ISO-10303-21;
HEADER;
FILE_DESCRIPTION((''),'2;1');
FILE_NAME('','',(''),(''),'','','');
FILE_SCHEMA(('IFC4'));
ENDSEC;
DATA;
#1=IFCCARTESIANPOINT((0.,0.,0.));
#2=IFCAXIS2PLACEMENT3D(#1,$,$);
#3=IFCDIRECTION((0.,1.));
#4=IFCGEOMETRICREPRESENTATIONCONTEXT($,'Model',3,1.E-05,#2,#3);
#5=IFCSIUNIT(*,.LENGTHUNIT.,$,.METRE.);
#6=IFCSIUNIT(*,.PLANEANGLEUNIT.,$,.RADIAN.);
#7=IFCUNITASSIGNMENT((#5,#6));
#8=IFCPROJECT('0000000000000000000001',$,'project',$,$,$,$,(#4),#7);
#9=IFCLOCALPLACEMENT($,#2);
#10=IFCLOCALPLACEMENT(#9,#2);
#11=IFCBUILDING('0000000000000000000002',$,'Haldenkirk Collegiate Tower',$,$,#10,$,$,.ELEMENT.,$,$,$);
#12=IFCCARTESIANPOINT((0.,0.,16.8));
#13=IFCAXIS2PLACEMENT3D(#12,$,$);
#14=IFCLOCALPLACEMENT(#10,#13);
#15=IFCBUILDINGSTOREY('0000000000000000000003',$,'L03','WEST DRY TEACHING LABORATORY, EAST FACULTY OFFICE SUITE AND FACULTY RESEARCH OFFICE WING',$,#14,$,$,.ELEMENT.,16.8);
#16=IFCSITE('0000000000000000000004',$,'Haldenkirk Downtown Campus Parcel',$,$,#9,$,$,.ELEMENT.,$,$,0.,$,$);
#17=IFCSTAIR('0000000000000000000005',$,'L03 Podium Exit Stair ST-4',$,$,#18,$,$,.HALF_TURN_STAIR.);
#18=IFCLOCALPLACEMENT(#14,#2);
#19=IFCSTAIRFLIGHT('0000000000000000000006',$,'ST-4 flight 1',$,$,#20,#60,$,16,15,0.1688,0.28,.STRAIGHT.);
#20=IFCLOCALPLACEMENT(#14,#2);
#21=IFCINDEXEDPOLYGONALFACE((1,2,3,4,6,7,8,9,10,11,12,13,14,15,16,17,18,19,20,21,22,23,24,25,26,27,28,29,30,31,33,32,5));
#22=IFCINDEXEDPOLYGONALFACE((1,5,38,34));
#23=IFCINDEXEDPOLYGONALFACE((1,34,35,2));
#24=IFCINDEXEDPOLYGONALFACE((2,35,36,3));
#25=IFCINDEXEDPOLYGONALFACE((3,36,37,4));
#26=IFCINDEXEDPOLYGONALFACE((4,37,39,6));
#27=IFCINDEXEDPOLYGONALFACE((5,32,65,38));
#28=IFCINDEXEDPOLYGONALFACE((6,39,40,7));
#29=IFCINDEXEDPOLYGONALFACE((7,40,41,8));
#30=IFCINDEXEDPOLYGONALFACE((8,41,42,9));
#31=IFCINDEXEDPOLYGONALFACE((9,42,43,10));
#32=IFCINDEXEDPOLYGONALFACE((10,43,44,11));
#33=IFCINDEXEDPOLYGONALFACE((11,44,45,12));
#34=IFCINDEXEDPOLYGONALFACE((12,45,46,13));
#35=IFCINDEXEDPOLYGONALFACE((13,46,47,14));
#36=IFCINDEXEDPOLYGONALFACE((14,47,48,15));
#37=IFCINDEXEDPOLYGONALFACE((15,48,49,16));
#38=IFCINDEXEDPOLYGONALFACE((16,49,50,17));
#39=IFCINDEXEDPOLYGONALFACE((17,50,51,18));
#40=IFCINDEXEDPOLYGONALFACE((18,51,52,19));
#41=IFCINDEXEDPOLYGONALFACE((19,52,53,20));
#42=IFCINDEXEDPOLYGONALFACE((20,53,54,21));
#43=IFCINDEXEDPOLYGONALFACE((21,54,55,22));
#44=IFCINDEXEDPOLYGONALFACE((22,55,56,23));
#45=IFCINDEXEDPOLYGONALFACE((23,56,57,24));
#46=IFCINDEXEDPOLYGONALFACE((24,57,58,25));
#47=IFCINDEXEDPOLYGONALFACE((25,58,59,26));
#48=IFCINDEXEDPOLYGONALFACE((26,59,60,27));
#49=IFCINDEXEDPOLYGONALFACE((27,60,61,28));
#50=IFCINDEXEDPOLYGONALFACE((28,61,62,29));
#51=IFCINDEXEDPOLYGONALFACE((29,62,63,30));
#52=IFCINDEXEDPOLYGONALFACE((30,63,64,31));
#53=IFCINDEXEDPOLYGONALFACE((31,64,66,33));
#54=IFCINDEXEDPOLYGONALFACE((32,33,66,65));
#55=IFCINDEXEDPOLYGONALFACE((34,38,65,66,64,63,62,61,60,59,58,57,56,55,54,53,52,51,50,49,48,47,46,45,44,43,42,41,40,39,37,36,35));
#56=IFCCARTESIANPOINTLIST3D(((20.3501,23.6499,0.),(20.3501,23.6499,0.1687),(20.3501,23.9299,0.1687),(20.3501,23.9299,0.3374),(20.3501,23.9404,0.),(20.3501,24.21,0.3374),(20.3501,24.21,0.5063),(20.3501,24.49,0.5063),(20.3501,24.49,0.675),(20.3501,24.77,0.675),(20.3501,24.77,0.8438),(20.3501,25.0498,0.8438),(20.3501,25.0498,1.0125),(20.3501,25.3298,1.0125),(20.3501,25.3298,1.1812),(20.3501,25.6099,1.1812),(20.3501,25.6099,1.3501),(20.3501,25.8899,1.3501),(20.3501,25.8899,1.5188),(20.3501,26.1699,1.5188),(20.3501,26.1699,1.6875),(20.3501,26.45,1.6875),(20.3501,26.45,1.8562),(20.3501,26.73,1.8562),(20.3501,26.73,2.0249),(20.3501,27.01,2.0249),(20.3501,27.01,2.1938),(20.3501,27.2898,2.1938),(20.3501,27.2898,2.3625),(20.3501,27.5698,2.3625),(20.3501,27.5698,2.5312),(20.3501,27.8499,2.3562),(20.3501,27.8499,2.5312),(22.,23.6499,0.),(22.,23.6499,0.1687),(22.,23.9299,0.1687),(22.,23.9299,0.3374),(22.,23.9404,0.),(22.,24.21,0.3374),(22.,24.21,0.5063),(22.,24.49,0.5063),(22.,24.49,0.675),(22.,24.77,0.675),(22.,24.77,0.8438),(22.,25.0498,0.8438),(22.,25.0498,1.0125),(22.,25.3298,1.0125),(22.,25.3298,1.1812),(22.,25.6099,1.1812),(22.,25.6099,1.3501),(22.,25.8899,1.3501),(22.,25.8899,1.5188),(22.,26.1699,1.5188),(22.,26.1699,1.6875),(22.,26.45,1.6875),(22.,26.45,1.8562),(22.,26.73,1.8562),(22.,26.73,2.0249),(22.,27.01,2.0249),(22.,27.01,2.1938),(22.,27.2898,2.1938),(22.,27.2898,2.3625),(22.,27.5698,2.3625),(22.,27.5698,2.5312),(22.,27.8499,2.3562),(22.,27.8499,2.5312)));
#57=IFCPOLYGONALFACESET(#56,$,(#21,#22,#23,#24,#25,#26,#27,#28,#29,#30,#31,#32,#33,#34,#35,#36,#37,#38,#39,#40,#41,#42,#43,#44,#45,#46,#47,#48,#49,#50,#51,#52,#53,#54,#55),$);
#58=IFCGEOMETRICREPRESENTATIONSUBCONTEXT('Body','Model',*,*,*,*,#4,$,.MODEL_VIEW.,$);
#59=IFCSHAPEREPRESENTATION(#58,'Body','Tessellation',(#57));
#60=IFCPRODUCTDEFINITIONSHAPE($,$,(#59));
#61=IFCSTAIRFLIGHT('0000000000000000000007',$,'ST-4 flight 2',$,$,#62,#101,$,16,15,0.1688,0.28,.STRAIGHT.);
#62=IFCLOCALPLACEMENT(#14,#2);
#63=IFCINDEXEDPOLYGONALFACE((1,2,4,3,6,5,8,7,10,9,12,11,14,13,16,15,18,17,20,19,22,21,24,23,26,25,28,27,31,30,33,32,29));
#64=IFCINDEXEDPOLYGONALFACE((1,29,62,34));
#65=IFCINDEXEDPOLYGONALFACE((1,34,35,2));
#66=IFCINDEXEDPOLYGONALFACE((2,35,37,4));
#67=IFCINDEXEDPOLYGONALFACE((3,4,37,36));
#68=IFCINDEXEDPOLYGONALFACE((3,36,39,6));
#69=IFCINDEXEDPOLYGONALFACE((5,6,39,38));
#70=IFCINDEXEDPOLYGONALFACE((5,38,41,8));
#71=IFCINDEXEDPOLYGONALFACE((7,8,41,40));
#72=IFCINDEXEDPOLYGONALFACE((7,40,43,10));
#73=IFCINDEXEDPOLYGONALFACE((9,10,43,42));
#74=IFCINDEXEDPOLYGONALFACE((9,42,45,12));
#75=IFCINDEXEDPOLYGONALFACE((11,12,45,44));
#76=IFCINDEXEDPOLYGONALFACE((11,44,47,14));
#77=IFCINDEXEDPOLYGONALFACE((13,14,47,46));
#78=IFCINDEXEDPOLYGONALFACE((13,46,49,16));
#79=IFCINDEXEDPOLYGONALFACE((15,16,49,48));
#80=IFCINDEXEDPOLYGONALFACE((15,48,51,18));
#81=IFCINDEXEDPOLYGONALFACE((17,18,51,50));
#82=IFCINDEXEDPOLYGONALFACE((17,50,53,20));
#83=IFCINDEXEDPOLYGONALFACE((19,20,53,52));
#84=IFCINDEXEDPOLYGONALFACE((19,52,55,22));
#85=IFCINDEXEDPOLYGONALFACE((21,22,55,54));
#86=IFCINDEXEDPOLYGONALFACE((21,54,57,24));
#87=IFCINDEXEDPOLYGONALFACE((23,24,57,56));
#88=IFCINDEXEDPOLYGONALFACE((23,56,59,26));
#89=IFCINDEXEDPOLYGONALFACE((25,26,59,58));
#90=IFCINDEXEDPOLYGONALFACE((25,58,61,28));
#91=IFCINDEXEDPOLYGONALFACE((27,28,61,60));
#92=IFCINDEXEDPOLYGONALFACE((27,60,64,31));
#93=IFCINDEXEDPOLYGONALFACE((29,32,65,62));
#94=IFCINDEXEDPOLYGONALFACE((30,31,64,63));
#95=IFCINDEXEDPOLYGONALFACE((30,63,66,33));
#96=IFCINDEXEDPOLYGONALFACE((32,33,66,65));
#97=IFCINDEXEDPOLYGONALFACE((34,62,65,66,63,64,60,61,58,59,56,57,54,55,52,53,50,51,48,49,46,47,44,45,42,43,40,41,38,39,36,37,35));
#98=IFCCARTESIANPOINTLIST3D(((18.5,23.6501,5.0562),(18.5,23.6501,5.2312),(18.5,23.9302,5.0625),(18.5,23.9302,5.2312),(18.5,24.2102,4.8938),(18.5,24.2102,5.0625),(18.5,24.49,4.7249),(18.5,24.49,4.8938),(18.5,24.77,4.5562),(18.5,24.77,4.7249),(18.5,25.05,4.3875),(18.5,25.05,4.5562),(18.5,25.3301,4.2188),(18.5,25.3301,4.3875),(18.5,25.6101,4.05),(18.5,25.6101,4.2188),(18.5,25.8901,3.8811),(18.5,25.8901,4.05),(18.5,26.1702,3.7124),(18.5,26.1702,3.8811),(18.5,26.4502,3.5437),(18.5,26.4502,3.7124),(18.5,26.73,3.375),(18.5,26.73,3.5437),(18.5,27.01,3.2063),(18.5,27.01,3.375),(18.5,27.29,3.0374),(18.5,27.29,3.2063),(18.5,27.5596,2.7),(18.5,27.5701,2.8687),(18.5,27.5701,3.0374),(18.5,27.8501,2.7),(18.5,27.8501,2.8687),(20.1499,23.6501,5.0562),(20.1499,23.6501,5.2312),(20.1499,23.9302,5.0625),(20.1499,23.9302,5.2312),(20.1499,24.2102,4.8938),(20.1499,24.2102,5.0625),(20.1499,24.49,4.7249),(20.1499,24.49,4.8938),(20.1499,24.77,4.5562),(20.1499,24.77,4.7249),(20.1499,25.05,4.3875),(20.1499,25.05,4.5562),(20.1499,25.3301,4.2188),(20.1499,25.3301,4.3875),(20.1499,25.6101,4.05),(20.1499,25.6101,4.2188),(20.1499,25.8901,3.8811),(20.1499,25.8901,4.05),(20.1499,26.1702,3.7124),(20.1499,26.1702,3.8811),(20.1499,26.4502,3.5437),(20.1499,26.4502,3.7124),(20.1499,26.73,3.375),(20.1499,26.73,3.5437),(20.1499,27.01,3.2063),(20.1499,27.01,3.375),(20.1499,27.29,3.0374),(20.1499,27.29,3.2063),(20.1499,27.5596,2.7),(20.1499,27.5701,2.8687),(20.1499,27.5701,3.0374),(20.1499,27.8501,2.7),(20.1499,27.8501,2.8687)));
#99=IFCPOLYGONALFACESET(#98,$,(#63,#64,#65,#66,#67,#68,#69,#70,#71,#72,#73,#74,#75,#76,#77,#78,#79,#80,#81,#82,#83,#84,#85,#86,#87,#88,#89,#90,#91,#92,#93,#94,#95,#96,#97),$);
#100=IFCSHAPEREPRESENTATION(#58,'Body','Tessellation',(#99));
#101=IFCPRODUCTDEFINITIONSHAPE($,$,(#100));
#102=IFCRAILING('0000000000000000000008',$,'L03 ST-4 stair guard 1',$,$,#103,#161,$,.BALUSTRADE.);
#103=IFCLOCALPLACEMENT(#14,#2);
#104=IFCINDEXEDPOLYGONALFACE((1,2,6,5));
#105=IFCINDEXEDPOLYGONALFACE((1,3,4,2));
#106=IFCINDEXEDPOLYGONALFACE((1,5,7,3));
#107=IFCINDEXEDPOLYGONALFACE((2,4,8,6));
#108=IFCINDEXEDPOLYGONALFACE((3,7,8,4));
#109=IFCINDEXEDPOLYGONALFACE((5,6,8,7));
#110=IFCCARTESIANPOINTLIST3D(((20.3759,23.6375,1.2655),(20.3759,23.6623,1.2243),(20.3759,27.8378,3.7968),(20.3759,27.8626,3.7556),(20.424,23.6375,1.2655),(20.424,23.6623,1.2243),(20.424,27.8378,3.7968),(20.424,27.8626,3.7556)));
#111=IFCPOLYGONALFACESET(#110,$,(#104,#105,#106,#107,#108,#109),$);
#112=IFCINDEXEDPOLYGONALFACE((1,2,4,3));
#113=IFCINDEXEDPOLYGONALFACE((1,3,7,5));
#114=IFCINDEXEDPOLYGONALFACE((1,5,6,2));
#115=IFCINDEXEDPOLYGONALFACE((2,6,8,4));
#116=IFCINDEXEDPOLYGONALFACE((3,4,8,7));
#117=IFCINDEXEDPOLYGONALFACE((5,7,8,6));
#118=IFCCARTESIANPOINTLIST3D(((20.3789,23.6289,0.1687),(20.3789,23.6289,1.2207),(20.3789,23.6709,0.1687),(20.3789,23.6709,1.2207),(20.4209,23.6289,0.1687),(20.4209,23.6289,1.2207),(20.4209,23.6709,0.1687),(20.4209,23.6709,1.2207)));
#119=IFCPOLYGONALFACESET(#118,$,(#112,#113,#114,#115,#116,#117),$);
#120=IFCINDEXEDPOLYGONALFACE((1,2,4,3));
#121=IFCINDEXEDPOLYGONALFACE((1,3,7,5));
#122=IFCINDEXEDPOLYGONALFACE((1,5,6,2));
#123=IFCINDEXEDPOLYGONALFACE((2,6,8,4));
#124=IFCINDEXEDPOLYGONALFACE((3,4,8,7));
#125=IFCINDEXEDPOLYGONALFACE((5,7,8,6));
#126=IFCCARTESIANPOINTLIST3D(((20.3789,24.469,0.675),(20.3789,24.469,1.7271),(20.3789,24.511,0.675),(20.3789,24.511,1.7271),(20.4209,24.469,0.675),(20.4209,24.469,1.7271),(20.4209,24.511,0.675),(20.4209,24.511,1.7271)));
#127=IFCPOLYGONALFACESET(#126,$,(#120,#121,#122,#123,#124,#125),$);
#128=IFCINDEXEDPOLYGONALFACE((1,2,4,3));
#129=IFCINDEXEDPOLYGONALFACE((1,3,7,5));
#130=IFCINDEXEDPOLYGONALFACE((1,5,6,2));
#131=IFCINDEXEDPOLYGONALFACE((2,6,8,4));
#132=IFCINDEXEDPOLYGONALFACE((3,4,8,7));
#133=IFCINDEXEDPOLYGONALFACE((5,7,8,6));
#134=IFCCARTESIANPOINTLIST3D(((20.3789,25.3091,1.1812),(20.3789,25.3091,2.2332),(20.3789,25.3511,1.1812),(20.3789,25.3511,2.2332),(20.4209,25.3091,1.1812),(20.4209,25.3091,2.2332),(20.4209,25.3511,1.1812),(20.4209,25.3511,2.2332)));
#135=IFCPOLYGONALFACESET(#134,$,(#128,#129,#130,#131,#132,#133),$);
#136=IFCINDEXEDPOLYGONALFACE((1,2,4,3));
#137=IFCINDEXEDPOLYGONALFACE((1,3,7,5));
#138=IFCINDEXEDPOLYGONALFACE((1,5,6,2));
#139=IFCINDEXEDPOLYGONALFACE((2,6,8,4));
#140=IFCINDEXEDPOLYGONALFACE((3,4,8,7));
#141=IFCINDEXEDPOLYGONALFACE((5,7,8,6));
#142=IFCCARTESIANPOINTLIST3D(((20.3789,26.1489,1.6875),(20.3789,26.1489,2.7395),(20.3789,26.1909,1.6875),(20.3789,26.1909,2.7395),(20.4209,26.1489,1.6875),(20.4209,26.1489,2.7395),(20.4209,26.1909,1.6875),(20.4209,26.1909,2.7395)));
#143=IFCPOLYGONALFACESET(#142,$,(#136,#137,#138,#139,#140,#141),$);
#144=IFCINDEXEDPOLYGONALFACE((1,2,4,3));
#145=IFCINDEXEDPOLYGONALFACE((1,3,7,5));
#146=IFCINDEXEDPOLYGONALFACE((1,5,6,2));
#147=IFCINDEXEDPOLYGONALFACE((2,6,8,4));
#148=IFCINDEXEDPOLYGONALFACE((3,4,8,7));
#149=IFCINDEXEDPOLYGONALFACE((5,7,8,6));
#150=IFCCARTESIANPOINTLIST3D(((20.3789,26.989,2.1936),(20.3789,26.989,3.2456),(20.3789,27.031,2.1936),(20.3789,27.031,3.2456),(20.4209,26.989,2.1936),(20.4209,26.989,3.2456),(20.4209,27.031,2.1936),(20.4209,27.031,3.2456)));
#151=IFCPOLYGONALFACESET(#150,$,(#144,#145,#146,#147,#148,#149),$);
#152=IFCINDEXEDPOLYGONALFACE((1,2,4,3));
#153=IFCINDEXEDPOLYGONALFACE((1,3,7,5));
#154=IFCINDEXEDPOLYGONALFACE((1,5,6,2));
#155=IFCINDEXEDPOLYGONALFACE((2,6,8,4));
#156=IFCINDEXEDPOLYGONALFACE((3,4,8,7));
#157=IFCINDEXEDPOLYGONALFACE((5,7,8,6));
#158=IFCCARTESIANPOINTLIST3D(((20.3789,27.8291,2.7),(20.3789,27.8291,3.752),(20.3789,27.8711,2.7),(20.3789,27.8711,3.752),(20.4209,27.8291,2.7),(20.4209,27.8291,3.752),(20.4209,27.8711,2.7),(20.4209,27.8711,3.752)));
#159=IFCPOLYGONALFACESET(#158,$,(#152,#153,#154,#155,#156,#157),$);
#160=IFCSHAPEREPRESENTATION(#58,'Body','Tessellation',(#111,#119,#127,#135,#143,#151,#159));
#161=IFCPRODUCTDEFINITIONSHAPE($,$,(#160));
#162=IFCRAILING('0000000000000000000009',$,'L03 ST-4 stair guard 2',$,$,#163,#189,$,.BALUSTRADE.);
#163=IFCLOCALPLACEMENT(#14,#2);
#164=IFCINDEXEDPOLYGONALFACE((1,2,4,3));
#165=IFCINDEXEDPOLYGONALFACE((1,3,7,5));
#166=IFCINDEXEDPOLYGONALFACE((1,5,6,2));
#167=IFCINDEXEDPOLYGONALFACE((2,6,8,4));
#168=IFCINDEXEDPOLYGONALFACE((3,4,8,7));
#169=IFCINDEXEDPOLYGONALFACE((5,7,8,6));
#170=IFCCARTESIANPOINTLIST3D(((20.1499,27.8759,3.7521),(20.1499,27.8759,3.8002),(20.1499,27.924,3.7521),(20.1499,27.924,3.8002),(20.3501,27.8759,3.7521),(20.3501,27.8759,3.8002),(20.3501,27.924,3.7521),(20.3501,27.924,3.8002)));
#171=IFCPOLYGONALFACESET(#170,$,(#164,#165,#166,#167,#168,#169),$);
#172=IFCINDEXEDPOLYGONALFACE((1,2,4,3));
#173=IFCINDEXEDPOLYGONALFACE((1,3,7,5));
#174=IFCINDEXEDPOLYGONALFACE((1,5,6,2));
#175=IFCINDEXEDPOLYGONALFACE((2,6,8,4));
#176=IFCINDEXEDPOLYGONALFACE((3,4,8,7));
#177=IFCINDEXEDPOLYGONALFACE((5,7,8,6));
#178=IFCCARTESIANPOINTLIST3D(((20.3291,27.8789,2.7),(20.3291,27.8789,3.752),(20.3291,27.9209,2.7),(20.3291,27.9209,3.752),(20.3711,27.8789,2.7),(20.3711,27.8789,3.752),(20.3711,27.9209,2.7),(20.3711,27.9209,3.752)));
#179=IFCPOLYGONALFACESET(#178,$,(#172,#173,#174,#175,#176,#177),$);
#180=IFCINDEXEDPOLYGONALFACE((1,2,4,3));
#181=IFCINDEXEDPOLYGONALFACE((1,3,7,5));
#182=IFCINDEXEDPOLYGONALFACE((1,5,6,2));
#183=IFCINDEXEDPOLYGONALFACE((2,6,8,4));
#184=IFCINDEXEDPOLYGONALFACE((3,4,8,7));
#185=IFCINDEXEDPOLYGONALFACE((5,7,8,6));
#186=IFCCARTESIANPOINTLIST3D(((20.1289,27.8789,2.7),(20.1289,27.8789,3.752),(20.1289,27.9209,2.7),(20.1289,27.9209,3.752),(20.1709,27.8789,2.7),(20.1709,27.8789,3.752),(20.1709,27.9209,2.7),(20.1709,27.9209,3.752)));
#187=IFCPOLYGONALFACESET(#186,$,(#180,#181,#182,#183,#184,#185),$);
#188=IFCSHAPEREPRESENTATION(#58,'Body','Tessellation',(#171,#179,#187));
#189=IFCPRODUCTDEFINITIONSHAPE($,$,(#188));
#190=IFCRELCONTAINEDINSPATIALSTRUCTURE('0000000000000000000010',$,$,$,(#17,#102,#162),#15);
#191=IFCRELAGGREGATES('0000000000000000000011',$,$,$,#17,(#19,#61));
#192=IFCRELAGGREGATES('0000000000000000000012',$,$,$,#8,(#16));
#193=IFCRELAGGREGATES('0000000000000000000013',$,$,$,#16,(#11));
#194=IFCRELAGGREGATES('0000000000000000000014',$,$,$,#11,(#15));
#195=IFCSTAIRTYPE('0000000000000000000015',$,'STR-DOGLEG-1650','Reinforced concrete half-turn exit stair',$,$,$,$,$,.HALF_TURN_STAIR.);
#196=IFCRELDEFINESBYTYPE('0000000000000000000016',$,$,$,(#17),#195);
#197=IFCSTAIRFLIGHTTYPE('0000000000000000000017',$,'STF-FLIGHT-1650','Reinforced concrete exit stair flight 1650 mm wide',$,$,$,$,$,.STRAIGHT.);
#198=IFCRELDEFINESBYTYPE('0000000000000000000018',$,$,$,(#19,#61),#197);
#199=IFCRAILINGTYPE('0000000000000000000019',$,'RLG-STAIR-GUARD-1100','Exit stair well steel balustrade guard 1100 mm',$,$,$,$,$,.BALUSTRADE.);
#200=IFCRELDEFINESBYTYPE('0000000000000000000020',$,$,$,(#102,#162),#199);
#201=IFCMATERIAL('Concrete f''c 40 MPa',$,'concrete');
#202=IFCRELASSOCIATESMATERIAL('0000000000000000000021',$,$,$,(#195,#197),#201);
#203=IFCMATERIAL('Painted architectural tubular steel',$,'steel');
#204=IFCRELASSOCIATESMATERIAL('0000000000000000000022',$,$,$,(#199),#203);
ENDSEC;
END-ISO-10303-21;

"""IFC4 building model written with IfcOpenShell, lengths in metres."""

from ifc_helpers import new_model, si_unit, direction, frame, origin, origin_2d, place, context, subcontext, project, spatial, polyline, rectangle, outline, extrude, material, type_object, element, aggregate, save


model = new_model("IFC4")

# Units and contexts
model_context = context("Model", 3, precision=1e-05, world=origin(), true_north=direction((0.0, 1.0)))
body_context = subcontext(model_context, "Body", "Model", "MODEL_VIEW")
ifc_project = project(units=[si_unit("LENGTHUNIT", "METRE"), si_unit("PLANEANGLEUNIT", "RADIAN")], contexts=[model_context])

# Site, building, storey
site_placement = place(None, origin())
site = spatial("IfcSite", under=ifc_project, at=site_placement, Name="Haldenkirk Downtown Campus Parcel", CompositionType="ELEMENT", RefElevation=0.0)
building_placement = place(site_placement, origin())
building = spatial("IfcBuilding", under=site, at=building_placement, Name="Haldenkirk Collegiate Tower", CompositionType="ELEMENT")
storey_placement = place(building_placement, frame((0.0, 0.0, 16.8)))
storey = spatial("IfcBuildingStorey", under=building, at=storey_placement, Name="L03", Description="WEST DRY TEACHING LABORATORY, EAST FACULTY OFFICE SUITE AND FACULTY RESEARCH OFFICE WING", CompositionType="ELEMENT", Elevation=16.8)

# Stair, stair flights
ifc_material_1 = material(Name="Concrete f'c 40 MPa", Category="concrete")
stair_type = type_object("IfcStairType", Name="STR-DOGLEG-1650", Description="Reinforced concrete half-turn exit stair", PredefinedType="HALF_TURN_STAIR", material=ifc_material_1)
stair_placement = place(storey_placement, origin())
stair = element("IfcStair", 1, at=stair_placement, inside=storey, type_object=stair_type, Name="L03 Podium Exit Stair ST-4", PredefinedType="HALF_TURN_STAIR")
stair_flight_type = type_object("IfcStairFlightType", Name="STF-FLIGHT-1650", Description="Reinforced concrete exit stair flight 1650 mm wide", PredefinedType="STRAIGHT", material=ifc_material_1)
stair_flight_1_placement = place(storey_placement, frame((21.175, 23.6499, 0.0), z_axis=(0.0, 0.0, 1.0), x_axis=(0.0, 1.0, 0.0)))
stair_flight_1 = element("IfcStairFlight", 2, at=stair_flight_1_placement, type_object=stair_flight_type, Name="ST-4 flight 1", NumberOfRisers=16, NumberOfTreads=15, PredefinedType="STRAIGHT", RiserHeight=0.1688, TreadLength=0.28, context=body_context, shape_type="SweptSolid", body=[
    extrude(outline(polyline([(0.0, 0.0), (0.0, 0.1687), (0.28, 0.1687), (0.28, 0.3374), (0.5601, 0.3374), (0.5601, 0.5063), (0.8401, 0.5063), (0.8401, 0.675), (1.1201, 0.675), (1.1201, 0.8438), (1.3999, 0.8438), (1.3999, 1.0125), (1.6799, 1.0125), (1.6799, 1.1812), (1.96, 1.1812), (1.96, 1.3501), (2.24, 1.3501), (2.24, 1.5188), (2.52, 1.5188), (2.52, 1.6875), (2.8, 1.6875), (2.8, 1.8562), (3.0801, 1.8562), (3.0801, 2.0249), (3.3601, 2.0249), (3.3601, 2.1938), (3.6399, 2.1938), (3.6399, 2.3625), (3.9199, 2.3625), (3.9199, 2.5312), (4.2, 2.5312), (4.2, 2.7), (4.2, 2.3562), (0.2905, 0.0), (0.0, 0.0)])), frame((0.0, 0.825, 0.0), z_axis=(0.0, -1.0, 0.0), x_axis=(1.0, 0.0, 0.0)), (0.0, 0.0, 1.0), 1.6499),
])
stair_flight_2_placement = place(storey_placement, frame((19.325, 27.8501, 2.7), z_axis=(0.0, 0.0, 1.0), x_axis=(0.0, -1.0, 0.0)))
stair_flight_2 = element("IfcStairFlight", 3, at=stair_flight_2_placement, type_object=stair_flight_type, Name="ST-4 flight 2", NumberOfRisers=16, NumberOfTreads=15, PredefinedType="STRAIGHT", RiserHeight=0.1688, TreadLength=0.28, context=body_context, shape_type="SweptSolid", body=[
    extrude(outline(polyline([(0.0, 0.0), (0.0, 0.1687), (0.28, 0.1687), (0.28, 0.3374), (0.5601, 0.3374), (0.5601, 0.5063), (0.8401, 0.5063), (0.8401, 0.675), (1.1201, 0.675), (1.1201, 0.8438), (1.3999, 0.8438), (1.3999, 1.0125), (1.6799, 1.0125), (1.6799, 1.1812), (1.96, 1.1812), (1.96, 1.3501), (2.24, 1.3501), (2.24, 1.5188), (2.52, 1.5188), (2.52, 1.6875), (2.8, 1.6875), (2.8, 1.8562), (3.0801, 1.8562), (3.0801, 2.0249), (3.3601, 2.0249), (3.3601, 2.1938), (3.6399, 2.1938), (3.6399, 2.3625), (3.9199, 2.3625), (3.9199, 2.5312), (4.2, 2.5312), (4.2, 2.7), (4.2, 2.3562), (0.2905, 0.0), (0.0, 0.0)])), frame((0.0, 0.825, 0.0), z_axis=(0.0, -1.0, 0.0), x_axis=(1.0, 0.0, 0.0)), (0.0, 0.0, 1.0), 1.6499),
])
aggregate(stair, [stair_flight_1, stair_flight_2])

# Railings
ifc_material_2 = material(Name="Painted architectural tubular steel", Category="steel")
railing_type_1 = type_object("IfcRailingType", Name="RLG-STAIR-GUARD-1100", Description="Exit stair well steel balustrade guard 1100 mm", PredefinedType="BALUSTRADE", material=ifc_material_2)
railing_1_placement = place(storey_placement, frame((20.3999, 23.6499, 0.1687)))
element("IfcRailing", 4, at=railing_1_placement, inside=storey, type_object=railing_type_1, Name="L03 ST-4 stair guard 1", PredefinedType="BALUSTRADE", context=body_context, shape_type="SweptSolid", body=[
    extrude(rectangle(XDim=0.0481, YDim=0.0481, at=origin_2d()), frame((0.0, 0.0, 1.0762), z_axis=(0.0, 0.85649, 0.516164), x_axis=(-1.0, 0.0, 0.0)), (0.0, 0.0, 1.0), 4.9041),
    extrude(rectangle(XDim=0.042, YDim=0.042, at=origin_2d()), origin(), (0.0, 0.0, 1.0), 1.052),
    extrude(rectangle(XDim=0.042, YDim=0.042, at=origin_2d()), frame((0.0, 0.8401, 0.5063)), (0.0, 0.0, 1.0), 1.052),
    extrude(rectangle(XDim=0.042, YDim=0.042, at=origin_2d()), frame((0.0, 1.6802, 1.0125)), (0.0, 0.0, 1.0), 1.052),
    extrude(rectangle(XDim=0.042, YDim=0.042, at=origin_2d()), frame((0.0, 2.52, 1.5188)), (0.0, 0.0, 1.0), 1.052),
    extrude(rectangle(XDim=0.042, YDim=0.042, at=origin_2d()), frame((0.0, 3.3601, 2.0249)), (0.0, 0.0, 1.0), 1.052),
    extrude(rectangle(XDim=0.042, YDim=0.042, at=origin_2d()), frame((0.0, 4.2002, 2.5312)), (0.0, 0.0, 1.0), 1.052),
])
railing_2_placement = place(storey_placement, frame((20.3501, 27.8999, 2.7)))
element("IfcRailing", 5, at=railing_2_placement, inside=storey, type_object=railing_type_1, Name="L03 ST-4 stair guard 2", PredefinedType="BALUSTRADE", context=body_context, shape_type="SweptSolid", body=[
    extrude(rectangle(XDim=0.0481, YDim=0.0481, at=origin_2d()), frame((0.0, 0.0, 1.0762), z_axis=(-1.0, 0.0, 0.0), x_axis=(0.0, -1.0, 0.0)), (0.0, 0.0, 1.0), 0.2002),
    extrude(rectangle(XDim=0.042, YDim=0.042, at=origin_2d()), origin(), (0.0, 0.0, 1.0), 1.052),
    extrude(rectangle(XDim=0.042, YDim=0.042, at=origin_2d()), frame((-0.2002, 0.0, 0.0)), (0.0, 0.0, 1.0), 1.052),
])

save(model, "model.ifc")
